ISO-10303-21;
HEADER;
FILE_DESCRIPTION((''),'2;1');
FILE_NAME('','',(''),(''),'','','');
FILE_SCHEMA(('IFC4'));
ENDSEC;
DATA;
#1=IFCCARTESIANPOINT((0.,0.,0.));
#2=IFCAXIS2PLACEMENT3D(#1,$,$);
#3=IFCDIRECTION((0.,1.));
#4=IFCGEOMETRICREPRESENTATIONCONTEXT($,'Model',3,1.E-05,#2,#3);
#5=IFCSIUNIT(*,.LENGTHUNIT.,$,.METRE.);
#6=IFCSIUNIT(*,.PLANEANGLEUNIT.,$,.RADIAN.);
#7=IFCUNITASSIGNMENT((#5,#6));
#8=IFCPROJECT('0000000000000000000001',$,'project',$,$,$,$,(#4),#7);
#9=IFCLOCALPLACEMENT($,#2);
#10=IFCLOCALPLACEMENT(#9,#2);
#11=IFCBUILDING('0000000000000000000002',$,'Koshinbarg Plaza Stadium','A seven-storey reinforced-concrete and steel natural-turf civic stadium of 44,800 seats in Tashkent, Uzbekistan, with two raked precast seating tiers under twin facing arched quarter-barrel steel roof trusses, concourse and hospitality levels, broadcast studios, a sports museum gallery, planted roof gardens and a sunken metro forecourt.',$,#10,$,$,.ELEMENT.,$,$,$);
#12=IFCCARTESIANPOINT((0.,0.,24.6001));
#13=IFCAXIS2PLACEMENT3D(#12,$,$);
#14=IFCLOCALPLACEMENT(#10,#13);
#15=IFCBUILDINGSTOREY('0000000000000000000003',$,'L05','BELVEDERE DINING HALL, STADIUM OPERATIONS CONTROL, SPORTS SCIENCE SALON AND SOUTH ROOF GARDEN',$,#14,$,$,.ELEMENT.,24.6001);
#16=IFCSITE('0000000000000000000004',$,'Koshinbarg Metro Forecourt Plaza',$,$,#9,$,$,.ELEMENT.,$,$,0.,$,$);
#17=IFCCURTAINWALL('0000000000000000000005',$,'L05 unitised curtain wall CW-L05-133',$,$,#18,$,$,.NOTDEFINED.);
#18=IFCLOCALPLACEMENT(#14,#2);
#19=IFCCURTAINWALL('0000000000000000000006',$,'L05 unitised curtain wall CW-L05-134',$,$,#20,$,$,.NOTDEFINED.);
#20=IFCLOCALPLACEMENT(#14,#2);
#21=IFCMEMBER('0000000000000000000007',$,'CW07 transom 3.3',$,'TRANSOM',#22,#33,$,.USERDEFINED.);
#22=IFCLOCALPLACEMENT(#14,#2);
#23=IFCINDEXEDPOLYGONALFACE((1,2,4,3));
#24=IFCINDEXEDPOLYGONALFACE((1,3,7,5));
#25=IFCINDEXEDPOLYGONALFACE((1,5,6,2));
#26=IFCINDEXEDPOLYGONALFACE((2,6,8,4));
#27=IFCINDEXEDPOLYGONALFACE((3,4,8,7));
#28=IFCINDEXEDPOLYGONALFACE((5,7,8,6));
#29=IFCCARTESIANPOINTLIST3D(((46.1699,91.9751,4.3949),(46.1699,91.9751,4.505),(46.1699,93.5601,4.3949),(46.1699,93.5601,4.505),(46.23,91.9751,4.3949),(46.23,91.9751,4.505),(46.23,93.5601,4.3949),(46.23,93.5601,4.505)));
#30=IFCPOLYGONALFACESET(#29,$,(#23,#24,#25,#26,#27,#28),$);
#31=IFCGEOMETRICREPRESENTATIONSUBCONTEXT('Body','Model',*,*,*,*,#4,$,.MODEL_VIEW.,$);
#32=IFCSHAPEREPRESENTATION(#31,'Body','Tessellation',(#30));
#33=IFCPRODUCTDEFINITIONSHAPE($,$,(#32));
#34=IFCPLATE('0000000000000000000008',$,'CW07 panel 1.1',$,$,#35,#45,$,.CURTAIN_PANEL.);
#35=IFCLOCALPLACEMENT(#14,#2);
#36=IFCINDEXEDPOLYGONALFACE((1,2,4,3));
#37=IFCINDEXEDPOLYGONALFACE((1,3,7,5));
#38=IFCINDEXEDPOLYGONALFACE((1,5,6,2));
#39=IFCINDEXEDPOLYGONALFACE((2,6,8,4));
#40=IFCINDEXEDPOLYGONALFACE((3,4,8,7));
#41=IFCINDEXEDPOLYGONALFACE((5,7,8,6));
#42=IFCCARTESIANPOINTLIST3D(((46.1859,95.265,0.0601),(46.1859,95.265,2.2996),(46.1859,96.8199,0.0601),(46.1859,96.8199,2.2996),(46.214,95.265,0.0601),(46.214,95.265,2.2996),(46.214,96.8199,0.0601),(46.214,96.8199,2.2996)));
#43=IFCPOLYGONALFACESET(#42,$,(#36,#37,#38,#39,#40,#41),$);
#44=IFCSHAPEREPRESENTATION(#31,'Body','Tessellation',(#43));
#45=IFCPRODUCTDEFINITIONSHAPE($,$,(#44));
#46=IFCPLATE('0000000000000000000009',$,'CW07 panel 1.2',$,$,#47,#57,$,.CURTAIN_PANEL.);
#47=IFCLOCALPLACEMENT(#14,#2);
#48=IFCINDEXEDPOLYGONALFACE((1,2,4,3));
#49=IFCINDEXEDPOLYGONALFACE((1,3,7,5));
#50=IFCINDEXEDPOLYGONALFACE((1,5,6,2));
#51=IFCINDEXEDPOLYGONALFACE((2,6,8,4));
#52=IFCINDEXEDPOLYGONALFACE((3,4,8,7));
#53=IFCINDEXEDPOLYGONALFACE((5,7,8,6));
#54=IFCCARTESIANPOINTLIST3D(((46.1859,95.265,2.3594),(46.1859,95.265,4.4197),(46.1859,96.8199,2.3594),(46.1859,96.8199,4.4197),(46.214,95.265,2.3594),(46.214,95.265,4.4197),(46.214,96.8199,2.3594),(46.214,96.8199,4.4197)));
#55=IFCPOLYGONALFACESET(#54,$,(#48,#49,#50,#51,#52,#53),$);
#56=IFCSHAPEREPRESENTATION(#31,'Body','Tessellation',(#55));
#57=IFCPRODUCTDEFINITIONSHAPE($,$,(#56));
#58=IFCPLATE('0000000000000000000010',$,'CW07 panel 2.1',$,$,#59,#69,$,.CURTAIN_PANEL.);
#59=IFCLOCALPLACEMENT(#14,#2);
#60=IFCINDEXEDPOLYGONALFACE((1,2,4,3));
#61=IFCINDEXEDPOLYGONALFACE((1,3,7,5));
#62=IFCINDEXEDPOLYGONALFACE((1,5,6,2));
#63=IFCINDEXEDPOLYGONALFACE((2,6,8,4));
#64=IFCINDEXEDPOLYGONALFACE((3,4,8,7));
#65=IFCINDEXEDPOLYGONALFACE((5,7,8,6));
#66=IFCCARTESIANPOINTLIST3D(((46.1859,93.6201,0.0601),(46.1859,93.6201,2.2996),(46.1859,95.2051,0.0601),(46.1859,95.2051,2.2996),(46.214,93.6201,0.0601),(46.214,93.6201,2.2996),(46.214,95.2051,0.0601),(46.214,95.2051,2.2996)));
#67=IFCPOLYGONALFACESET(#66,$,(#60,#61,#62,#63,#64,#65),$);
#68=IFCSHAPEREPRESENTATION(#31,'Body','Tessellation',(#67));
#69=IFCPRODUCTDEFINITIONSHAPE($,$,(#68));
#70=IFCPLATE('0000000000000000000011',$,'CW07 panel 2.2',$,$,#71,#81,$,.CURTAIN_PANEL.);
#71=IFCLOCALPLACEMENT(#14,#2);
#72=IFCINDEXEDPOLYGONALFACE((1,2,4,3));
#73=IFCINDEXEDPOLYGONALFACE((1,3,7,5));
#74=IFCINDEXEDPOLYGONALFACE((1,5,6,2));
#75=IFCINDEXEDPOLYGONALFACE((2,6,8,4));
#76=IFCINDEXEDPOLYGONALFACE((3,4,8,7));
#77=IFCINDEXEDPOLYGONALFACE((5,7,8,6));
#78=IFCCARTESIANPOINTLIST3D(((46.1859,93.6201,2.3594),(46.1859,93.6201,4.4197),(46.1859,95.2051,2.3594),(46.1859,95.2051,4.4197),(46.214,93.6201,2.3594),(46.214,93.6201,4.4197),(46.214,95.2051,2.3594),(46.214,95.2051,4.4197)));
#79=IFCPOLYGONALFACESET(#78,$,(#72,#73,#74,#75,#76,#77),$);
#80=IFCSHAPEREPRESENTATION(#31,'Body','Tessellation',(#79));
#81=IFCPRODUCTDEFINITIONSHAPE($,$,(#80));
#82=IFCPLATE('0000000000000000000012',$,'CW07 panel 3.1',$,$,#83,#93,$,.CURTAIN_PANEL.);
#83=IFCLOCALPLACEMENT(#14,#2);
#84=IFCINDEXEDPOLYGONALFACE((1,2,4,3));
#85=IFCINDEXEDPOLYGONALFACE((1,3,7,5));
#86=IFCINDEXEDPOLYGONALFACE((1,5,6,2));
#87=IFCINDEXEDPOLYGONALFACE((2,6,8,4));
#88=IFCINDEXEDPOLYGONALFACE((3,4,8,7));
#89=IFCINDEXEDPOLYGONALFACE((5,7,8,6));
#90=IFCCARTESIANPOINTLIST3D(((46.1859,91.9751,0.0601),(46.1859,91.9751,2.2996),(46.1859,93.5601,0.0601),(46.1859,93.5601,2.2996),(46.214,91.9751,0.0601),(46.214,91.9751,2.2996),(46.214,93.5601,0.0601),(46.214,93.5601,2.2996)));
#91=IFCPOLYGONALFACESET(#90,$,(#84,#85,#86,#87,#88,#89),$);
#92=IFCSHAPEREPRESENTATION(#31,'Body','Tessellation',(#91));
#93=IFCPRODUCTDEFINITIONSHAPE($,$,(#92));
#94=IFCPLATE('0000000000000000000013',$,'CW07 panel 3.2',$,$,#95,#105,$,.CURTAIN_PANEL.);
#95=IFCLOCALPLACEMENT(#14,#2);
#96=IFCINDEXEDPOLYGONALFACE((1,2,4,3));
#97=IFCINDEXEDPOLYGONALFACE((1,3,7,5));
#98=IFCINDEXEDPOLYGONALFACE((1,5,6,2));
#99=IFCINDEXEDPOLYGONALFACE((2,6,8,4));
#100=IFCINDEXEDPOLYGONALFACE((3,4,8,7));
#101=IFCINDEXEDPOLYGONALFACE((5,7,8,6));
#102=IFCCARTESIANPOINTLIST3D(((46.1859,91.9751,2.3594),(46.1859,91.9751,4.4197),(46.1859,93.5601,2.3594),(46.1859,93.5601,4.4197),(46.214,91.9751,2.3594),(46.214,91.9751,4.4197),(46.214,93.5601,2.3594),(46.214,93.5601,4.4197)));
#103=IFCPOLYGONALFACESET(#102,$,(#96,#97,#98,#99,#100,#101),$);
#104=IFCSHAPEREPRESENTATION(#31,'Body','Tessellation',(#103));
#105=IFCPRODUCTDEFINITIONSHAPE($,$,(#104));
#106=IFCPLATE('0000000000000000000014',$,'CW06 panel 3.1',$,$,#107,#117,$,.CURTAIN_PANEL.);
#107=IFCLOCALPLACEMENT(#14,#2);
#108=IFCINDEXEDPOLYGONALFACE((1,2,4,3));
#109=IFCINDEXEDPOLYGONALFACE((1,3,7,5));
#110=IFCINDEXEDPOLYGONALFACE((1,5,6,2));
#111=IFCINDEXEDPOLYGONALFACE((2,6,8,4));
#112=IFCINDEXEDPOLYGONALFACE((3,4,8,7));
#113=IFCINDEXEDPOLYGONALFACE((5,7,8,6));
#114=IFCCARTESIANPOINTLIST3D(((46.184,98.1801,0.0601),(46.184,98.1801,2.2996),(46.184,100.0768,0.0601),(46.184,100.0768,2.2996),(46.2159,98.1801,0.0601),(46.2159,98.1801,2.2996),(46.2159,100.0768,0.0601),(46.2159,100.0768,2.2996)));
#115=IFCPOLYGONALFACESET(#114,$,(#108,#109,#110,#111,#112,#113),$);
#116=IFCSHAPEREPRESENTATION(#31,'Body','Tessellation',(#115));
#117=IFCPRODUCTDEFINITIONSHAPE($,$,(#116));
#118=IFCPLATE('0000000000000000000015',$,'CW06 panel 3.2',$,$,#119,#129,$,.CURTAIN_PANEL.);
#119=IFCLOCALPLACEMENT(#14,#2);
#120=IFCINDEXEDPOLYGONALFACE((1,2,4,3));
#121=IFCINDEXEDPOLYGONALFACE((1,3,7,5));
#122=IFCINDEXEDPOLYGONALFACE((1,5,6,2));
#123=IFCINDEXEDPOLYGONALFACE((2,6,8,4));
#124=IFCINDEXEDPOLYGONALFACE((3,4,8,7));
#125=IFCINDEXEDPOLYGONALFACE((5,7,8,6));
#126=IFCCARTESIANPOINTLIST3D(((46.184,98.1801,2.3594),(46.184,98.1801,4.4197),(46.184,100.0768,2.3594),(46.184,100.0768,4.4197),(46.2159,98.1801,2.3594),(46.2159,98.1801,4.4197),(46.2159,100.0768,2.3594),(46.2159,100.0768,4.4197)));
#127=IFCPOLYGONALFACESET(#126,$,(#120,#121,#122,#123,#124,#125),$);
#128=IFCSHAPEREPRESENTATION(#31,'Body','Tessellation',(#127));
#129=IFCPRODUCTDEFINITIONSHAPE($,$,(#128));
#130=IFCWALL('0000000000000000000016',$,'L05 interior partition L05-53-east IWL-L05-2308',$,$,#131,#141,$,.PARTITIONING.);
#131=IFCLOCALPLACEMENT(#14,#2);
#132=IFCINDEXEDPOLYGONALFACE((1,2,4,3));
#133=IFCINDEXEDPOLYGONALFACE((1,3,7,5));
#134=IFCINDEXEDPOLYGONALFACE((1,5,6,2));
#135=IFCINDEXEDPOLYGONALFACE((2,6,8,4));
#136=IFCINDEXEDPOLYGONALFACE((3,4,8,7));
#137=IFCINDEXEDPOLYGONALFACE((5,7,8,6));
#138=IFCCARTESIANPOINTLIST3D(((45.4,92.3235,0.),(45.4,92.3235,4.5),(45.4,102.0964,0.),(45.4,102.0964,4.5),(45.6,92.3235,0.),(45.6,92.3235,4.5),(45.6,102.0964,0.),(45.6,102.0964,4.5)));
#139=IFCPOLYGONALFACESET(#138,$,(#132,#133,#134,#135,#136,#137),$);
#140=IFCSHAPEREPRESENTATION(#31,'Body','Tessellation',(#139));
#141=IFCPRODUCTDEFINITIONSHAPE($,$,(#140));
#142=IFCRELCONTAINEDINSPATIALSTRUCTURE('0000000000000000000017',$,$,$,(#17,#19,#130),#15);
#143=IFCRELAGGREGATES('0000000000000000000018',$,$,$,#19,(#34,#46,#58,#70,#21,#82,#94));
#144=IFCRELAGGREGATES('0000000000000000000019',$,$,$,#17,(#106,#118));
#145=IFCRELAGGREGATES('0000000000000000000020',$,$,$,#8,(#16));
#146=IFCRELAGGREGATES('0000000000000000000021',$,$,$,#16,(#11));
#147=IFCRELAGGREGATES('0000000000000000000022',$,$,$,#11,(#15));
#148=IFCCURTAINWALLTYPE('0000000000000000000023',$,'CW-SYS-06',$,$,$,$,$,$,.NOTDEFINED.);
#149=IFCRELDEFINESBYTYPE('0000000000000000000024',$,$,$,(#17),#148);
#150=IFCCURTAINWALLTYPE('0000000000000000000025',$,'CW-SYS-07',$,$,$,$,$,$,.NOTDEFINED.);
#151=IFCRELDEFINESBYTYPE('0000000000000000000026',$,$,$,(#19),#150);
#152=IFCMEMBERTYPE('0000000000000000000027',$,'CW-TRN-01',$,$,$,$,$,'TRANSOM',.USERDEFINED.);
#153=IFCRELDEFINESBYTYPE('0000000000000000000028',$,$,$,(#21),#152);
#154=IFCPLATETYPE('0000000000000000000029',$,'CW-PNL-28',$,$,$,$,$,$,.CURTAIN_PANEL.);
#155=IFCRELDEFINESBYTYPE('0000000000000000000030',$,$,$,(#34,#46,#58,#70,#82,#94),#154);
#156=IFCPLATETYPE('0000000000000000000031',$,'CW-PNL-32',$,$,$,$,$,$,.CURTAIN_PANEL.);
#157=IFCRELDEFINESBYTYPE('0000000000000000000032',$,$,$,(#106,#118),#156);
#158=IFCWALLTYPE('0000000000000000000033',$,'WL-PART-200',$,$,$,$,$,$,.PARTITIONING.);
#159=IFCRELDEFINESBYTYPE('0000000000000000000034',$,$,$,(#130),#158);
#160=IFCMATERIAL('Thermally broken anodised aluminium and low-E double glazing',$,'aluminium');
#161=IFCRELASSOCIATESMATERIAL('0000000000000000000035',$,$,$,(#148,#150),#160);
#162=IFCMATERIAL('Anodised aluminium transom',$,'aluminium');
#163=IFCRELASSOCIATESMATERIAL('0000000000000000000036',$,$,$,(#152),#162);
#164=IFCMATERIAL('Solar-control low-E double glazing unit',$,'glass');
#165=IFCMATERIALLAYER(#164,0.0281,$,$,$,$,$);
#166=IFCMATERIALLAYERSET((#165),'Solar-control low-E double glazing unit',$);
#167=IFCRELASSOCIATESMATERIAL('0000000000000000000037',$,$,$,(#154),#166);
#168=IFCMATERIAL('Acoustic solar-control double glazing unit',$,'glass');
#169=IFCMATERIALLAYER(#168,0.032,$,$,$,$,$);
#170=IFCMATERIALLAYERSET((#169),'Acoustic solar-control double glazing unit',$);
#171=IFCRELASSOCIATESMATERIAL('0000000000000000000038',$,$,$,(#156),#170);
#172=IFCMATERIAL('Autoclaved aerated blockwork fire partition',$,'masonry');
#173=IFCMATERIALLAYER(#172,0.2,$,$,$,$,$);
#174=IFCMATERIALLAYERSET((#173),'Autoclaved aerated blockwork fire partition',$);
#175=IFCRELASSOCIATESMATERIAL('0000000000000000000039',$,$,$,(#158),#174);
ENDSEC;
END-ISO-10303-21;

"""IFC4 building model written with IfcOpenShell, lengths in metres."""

from ifc_helpers import new_model, si_unit, direction, frame, frame_2d, origin, origin_2d, place, context, subcontext, project, spatial, rectangle, extrude, material, layer, layer_set, material_profile, profile_set, type_object, element, aggregate, save


model = new_model("IFC4")

# Units and contexts
model_context = context("Model", 3, precision=1e-05, world=origin(), true_north=direction((0.0, 1.0)))
body_context = subcontext(model_context, "Body", "Model", "MODEL_VIEW")
ifc_project = project(units=[si_unit("LENGTHUNIT", "METRE"), si_unit("PLANEANGLEUNIT", "RADIAN")], contexts=[model_context])

# Site, building, storey
site_placement = place(None, origin())
site = spatial("IfcSite", under=ifc_project, at=site_placement, Name="Koshinbarg Metro Forecourt Plaza", CompositionType="ELEMENT", RefElevation=0.0)
building_placement = place(site_placement, origin())
building = spatial("IfcBuilding", under=site, at=building_placement, Name="Koshinbarg Plaza Stadium", Description="A seven-storey reinforced-concrete and steel natural-turf civic stadium of 44,800 seats in Tashkent, Uzbekistan, with two raked precast seating tiers under twin facing arched quarter-barrel steel roof trusses, concourse and hospitality levels, broadcast studios, a sports museum gallery, planted roof gardens and a sunken metro forecourt.", CompositionType="ELEMENT")
storey_placement = place(building_placement, frame((0.0, 0.0, 24.6001)))
storey = spatial("IfcBuildingStorey", under=building, at=storey_placement, Name="L05", Description="BELVEDERE DINING HALL, STADIUM OPERATIONS CONTROL, SPORTS SCIENCE SALON AND SOUTH ROOF GARDEN", CompositionType="ELEMENT", Elevation=24.6001)

# Curtain wall
ifc_material_1 = material(Name="Thermally broken anodised aluminium and low-E double glazing", Category="aluminium")
curtain_wall_type_1 = type_object("IfcCurtainWallType", Name="CW-SYS-06", PredefinedType="NOTDEFINED", material=ifc_material_1)
curtain_wall_1_placement = place(storey_placement, origin())
curtain_wall_1 = element("IfcCurtainWall", 1, at=curtain_wall_1_placement, inside=storey, type_object=curtain_wall_type_1, Name="L05 unitised curtain wall CW-L05-133", PredefinedType="NOTDEFINED")

# Curtain wall, member, plates
curtain_wall_type_2 = type_object("IfcCurtainWallType", Name="CW-SYS-07", PredefinedType="NOTDEFINED", material=ifc_material_1)
curtain_wall_2_placement = place(storey_placement, origin())
curtain_wall_2 = element("IfcCurtainWall", 2, at=curtain_wall_2_placement, inside=storey, type_object=curtain_wall_type_2, Name="L05 unitised curtain wall CW-L05-134", PredefinedType="NOTDEFINED")
ifc_material_2 = material(Name="Anodised aluminium transom", Category="aluminium")
ifc_material_profile_1 = material_profile(ifc_material_2, rectangle(XDim=0.0601, YDim=0.1101, at=origin_2d()), Name="ALU 60x110")
ifc_profile_set_1 = profile_set([ifc_material_profile_1], Name="Anodised aluminium transom")
member_type_1 = type_object("IfcMemberType", Name="CW-TRN-01", ElementType="TRANSOM", PredefinedType="USERDEFINED", material=ifc_profile_set_1)
member_1_placement = place(storey_placement, frame((46.2, 93.5601, 4.45), z_axis=(0.0, -1.0, 0.0), x_axis=(1.0, 0.0, 0.0)))
member_1 = element("IfcMember", 3, at=member_1_placement, type_object=member_type_1, Name="CW07 transom 3.3", ObjectType="TRANSOM", PredefinedType="USERDEFINED", context=body_context, shape_type="SweptSolid", body=[
    extrude(rectangle(XDim=0.0601, YDim=0.1101, at=origin_2d()), origin(), (0.0, 0.0, 1.0), 1.585),
])
ifc_material_3 = material(Name="Solar-control low-E double glazing unit", Category="glass")
ifc_layer_1 = layer(ifc_material_3, 0.0281)
ifc_layer_set_1 = layer_set([ifc_layer_1], Name="Solar-control low-E double glazing unit")
plate_type_1 = type_object("IfcPlateType", Name="CW-PNL-28", PredefinedType="CURTAIN_PANEL", material=ifc_layer_set_1)
plate_1_placement = place(storey_placement, frame((46.2, 96.0425, 0.0601), z_axis=(0.0, 0.0, 1.0), x_axis=(0.0, -1.0, 0.0)))
plate_1 = element("IfcPlate", 4, at=plate_1_placement, type_object=plate_type_1, Name="CW07 panel 1.1", PredefinedType="CURTAIN_PANEL", context=body_context, shape_type="SweptSolid", body=[
    extrude(rectangle(XDim=1.5549, YDim=0.0281, at=origin_2d()), origin(), (0.0, 0.0, 1.0), 2.2395),
])
plate_2_placement = place(storey_placement, frame((46.2, 96.0425, 2.3594), z_axis=(0.0, 0.0, 1.0), x_axis=(0.0, -1.0, 0.0)))
plate_2 = element("IfcPlate", 5, at=plate_2_placement, type_object=plate_type_1, Name="CW07 panel 1.2", PredefinedType="CURTAIN_PANEL", context=body_context, shape_type="SweptSolid", body=[
    extrude(rectangle(XDim=1.5549, YDim=0.0281, at=origin_2d()), origin(), (0.0, 0.0, 1.0), 2.0603),
])
plate_3_placement = place(storey_placement, frame((46.2, 94.4126, 0.0601), z_axis=(0.0, 0.0, 1.0), x_axis=(0.0, -1.0, 0.0)))
plate_3 = element("IfcPlate", 6, at=plate_3_placement, type_object=plate_type_1, Name="CW07 panel 2.1", PredefinedType="CURTAIN_PANEL", context=body_context, shape_type="SweptSolid", body=[
    extrude(rectangle(XDim=1.585, YDim=0.0281, at=origin_2d()), origin(), (0.0, 0.0, 1.0), 2.2395),
])
plate_4_placement = place(storey_placement, frame((46.2, 94.4126, 2.3594), z_axis=(0.0, 0.0, 1.0), x_axis=(0.0, -1.0, 0.0)))
plate_4 = element("IfcPlate", 7, at=plate_4_placement, type_object=plate_type_1, Name="CW07 panel 2.2", PredefinedType="CURTAIN_PANEL", context=body_context, shape_type="SweptSolid", body=[
    extrude(rectangle(XDim=1.585, YDim=0.0281, at=origin_2d()), origin(), (0.0, 0.0, 1.0), 2.0603),
])
plate_5_placement = place(storey_placement, frame((46.2, 92.7676, 0.0601), z_axis=(0.0, 0.0, 1.0), x_axis=(0.0, -1.0, 0.0)))
plate_5 = element("IfcPlate", 8, at=plate_5_placement, type_object=plate_type_1, Name="CW07 panel 3.1", PredefinedType="CURTAIN_PANEL", context=body_context, shape_type="SweptSolid", body=[
    extrude(rectangle(XDim=1.585, YDim=0.0281, at=origin_2d()), origin(), (0.0, 0.0, 1.0), 2.2395),
])
plate_6_placement = place(storey_placement, frame((46.2, 92.7676, 2.3594), z_axis=(0.0, 0.0, 1.0), x_axis=(0.0, -1.0, 0.0)))
plate_6 = element("IfcPlate", 9, at=plate_6_placement, type_object=plate_type_1, Name="CW07 panel 3.2", PredefinedType="CURTAIN_PANEL", context=body_context, shape_type="SweptSolid", body=[
    extrude(rectangle(XDim=1.585, YDim=0.0281, at=origin_2d()), origin(), (0.0, 0.0, 1.0), 2.0603),
])
aggregate(curtain_wall_2, [plate_1, plate_2, plate_3, plate_4, member_1, plate_5, plate_6])

# Plates
ifc_material_4 = material(Name="Acoustic solar-control double glazing unit", Category="glass")
ifc_layer_2 = layer(ifc_material_4, 0.032)
ifc_layer_set_2 = layer_set([ifc_layer_2], Name="Acoustic solar-control double glazing unit")
plate_type_2 = type_object("IfcPlateType", Name="CW-PNL-32", PredefinedType="CURTAIN_PANEL", material=ifc_layer_set_2)
plate_7_placement = place(storey_placement, frame((46.2, 99.1284, 0.0601), z_axis=(0.0, 0.0, 1.0), x_axis=(0.0, -1.0, 0.0)))
plate_7 = element("IfcPlate", 10, at=plate_7_placement, type_object=plate_type_2, Name="CW06 panel 3.1", PredefinedType="CURTAIN_PANEL", context=body_context, shape_type="SweptSolid", body=[
    extrude(rectangle(XDim=1.8967, YDim=0.032, at=origin_2d()), origin(), (0.0, 0.0, 1.0), 2.2395),
])
plate_8_placement = place(storey_placement, frame((46.2, 99.1284, 2.3594), z_axis=(0.0, 0.0, 1.0), x_axis=(0.0, -1.0, 0.0)))
plate_8 = element("IfcPlate", 11, at=plate_8_placement, type_object=plate_type_2, Name="CW06 panel 3.2", PredefinedType="CURTAIN_PANEL", context=body_context, shape_type="SweptSolid", body=[
    extrude(rectangle(XDim=1.8967, YDim=0.032, at=origin_2d()), origin(), (0.0, 0.0, 1.0), 2.0603),
])
aggregate(curtain_wall_1, [plate_7, plate_8])

# Wall
ifc_material_5 = material(Name="Autoclaved aerated blockwork fire partition", Category="masonry")
ifc_layer_3 = layer(ifc_material_5, 0.2)
ifc_layer_set_3 = layer_set([ifc_layer_3], Name="Autoclaved aerated blockwork fire partition")
wall_type = type_object("IfcWallType", Name="WL-PART-200", PredefinedType="PARTITIONING", material=ifc_layer_set_3)
wall_placement = place(storey_placement, frame((45.5, 92.3235, 0.0), z_axis=(0.0, 0.0, 1.0), x_axis=(0.0, 1.0, 0.0)))
element("IfcWall", 12, at=wall_placement, inside=storey, type_object=wall_type, Name="L05 interior partition L05-53-east IWL-L05-2308", PredefinedType="PARTITIONING", context=body_context, shape_type="SweptSolid", body=[
    extrude(rectangle(XDim=9.7729, YDim=0.2, at=frame_2d((4.8865, 0.0))), origin(), (0.0, 0.0, 1.0), 4.5),
])

save(model, "model.ifc")
